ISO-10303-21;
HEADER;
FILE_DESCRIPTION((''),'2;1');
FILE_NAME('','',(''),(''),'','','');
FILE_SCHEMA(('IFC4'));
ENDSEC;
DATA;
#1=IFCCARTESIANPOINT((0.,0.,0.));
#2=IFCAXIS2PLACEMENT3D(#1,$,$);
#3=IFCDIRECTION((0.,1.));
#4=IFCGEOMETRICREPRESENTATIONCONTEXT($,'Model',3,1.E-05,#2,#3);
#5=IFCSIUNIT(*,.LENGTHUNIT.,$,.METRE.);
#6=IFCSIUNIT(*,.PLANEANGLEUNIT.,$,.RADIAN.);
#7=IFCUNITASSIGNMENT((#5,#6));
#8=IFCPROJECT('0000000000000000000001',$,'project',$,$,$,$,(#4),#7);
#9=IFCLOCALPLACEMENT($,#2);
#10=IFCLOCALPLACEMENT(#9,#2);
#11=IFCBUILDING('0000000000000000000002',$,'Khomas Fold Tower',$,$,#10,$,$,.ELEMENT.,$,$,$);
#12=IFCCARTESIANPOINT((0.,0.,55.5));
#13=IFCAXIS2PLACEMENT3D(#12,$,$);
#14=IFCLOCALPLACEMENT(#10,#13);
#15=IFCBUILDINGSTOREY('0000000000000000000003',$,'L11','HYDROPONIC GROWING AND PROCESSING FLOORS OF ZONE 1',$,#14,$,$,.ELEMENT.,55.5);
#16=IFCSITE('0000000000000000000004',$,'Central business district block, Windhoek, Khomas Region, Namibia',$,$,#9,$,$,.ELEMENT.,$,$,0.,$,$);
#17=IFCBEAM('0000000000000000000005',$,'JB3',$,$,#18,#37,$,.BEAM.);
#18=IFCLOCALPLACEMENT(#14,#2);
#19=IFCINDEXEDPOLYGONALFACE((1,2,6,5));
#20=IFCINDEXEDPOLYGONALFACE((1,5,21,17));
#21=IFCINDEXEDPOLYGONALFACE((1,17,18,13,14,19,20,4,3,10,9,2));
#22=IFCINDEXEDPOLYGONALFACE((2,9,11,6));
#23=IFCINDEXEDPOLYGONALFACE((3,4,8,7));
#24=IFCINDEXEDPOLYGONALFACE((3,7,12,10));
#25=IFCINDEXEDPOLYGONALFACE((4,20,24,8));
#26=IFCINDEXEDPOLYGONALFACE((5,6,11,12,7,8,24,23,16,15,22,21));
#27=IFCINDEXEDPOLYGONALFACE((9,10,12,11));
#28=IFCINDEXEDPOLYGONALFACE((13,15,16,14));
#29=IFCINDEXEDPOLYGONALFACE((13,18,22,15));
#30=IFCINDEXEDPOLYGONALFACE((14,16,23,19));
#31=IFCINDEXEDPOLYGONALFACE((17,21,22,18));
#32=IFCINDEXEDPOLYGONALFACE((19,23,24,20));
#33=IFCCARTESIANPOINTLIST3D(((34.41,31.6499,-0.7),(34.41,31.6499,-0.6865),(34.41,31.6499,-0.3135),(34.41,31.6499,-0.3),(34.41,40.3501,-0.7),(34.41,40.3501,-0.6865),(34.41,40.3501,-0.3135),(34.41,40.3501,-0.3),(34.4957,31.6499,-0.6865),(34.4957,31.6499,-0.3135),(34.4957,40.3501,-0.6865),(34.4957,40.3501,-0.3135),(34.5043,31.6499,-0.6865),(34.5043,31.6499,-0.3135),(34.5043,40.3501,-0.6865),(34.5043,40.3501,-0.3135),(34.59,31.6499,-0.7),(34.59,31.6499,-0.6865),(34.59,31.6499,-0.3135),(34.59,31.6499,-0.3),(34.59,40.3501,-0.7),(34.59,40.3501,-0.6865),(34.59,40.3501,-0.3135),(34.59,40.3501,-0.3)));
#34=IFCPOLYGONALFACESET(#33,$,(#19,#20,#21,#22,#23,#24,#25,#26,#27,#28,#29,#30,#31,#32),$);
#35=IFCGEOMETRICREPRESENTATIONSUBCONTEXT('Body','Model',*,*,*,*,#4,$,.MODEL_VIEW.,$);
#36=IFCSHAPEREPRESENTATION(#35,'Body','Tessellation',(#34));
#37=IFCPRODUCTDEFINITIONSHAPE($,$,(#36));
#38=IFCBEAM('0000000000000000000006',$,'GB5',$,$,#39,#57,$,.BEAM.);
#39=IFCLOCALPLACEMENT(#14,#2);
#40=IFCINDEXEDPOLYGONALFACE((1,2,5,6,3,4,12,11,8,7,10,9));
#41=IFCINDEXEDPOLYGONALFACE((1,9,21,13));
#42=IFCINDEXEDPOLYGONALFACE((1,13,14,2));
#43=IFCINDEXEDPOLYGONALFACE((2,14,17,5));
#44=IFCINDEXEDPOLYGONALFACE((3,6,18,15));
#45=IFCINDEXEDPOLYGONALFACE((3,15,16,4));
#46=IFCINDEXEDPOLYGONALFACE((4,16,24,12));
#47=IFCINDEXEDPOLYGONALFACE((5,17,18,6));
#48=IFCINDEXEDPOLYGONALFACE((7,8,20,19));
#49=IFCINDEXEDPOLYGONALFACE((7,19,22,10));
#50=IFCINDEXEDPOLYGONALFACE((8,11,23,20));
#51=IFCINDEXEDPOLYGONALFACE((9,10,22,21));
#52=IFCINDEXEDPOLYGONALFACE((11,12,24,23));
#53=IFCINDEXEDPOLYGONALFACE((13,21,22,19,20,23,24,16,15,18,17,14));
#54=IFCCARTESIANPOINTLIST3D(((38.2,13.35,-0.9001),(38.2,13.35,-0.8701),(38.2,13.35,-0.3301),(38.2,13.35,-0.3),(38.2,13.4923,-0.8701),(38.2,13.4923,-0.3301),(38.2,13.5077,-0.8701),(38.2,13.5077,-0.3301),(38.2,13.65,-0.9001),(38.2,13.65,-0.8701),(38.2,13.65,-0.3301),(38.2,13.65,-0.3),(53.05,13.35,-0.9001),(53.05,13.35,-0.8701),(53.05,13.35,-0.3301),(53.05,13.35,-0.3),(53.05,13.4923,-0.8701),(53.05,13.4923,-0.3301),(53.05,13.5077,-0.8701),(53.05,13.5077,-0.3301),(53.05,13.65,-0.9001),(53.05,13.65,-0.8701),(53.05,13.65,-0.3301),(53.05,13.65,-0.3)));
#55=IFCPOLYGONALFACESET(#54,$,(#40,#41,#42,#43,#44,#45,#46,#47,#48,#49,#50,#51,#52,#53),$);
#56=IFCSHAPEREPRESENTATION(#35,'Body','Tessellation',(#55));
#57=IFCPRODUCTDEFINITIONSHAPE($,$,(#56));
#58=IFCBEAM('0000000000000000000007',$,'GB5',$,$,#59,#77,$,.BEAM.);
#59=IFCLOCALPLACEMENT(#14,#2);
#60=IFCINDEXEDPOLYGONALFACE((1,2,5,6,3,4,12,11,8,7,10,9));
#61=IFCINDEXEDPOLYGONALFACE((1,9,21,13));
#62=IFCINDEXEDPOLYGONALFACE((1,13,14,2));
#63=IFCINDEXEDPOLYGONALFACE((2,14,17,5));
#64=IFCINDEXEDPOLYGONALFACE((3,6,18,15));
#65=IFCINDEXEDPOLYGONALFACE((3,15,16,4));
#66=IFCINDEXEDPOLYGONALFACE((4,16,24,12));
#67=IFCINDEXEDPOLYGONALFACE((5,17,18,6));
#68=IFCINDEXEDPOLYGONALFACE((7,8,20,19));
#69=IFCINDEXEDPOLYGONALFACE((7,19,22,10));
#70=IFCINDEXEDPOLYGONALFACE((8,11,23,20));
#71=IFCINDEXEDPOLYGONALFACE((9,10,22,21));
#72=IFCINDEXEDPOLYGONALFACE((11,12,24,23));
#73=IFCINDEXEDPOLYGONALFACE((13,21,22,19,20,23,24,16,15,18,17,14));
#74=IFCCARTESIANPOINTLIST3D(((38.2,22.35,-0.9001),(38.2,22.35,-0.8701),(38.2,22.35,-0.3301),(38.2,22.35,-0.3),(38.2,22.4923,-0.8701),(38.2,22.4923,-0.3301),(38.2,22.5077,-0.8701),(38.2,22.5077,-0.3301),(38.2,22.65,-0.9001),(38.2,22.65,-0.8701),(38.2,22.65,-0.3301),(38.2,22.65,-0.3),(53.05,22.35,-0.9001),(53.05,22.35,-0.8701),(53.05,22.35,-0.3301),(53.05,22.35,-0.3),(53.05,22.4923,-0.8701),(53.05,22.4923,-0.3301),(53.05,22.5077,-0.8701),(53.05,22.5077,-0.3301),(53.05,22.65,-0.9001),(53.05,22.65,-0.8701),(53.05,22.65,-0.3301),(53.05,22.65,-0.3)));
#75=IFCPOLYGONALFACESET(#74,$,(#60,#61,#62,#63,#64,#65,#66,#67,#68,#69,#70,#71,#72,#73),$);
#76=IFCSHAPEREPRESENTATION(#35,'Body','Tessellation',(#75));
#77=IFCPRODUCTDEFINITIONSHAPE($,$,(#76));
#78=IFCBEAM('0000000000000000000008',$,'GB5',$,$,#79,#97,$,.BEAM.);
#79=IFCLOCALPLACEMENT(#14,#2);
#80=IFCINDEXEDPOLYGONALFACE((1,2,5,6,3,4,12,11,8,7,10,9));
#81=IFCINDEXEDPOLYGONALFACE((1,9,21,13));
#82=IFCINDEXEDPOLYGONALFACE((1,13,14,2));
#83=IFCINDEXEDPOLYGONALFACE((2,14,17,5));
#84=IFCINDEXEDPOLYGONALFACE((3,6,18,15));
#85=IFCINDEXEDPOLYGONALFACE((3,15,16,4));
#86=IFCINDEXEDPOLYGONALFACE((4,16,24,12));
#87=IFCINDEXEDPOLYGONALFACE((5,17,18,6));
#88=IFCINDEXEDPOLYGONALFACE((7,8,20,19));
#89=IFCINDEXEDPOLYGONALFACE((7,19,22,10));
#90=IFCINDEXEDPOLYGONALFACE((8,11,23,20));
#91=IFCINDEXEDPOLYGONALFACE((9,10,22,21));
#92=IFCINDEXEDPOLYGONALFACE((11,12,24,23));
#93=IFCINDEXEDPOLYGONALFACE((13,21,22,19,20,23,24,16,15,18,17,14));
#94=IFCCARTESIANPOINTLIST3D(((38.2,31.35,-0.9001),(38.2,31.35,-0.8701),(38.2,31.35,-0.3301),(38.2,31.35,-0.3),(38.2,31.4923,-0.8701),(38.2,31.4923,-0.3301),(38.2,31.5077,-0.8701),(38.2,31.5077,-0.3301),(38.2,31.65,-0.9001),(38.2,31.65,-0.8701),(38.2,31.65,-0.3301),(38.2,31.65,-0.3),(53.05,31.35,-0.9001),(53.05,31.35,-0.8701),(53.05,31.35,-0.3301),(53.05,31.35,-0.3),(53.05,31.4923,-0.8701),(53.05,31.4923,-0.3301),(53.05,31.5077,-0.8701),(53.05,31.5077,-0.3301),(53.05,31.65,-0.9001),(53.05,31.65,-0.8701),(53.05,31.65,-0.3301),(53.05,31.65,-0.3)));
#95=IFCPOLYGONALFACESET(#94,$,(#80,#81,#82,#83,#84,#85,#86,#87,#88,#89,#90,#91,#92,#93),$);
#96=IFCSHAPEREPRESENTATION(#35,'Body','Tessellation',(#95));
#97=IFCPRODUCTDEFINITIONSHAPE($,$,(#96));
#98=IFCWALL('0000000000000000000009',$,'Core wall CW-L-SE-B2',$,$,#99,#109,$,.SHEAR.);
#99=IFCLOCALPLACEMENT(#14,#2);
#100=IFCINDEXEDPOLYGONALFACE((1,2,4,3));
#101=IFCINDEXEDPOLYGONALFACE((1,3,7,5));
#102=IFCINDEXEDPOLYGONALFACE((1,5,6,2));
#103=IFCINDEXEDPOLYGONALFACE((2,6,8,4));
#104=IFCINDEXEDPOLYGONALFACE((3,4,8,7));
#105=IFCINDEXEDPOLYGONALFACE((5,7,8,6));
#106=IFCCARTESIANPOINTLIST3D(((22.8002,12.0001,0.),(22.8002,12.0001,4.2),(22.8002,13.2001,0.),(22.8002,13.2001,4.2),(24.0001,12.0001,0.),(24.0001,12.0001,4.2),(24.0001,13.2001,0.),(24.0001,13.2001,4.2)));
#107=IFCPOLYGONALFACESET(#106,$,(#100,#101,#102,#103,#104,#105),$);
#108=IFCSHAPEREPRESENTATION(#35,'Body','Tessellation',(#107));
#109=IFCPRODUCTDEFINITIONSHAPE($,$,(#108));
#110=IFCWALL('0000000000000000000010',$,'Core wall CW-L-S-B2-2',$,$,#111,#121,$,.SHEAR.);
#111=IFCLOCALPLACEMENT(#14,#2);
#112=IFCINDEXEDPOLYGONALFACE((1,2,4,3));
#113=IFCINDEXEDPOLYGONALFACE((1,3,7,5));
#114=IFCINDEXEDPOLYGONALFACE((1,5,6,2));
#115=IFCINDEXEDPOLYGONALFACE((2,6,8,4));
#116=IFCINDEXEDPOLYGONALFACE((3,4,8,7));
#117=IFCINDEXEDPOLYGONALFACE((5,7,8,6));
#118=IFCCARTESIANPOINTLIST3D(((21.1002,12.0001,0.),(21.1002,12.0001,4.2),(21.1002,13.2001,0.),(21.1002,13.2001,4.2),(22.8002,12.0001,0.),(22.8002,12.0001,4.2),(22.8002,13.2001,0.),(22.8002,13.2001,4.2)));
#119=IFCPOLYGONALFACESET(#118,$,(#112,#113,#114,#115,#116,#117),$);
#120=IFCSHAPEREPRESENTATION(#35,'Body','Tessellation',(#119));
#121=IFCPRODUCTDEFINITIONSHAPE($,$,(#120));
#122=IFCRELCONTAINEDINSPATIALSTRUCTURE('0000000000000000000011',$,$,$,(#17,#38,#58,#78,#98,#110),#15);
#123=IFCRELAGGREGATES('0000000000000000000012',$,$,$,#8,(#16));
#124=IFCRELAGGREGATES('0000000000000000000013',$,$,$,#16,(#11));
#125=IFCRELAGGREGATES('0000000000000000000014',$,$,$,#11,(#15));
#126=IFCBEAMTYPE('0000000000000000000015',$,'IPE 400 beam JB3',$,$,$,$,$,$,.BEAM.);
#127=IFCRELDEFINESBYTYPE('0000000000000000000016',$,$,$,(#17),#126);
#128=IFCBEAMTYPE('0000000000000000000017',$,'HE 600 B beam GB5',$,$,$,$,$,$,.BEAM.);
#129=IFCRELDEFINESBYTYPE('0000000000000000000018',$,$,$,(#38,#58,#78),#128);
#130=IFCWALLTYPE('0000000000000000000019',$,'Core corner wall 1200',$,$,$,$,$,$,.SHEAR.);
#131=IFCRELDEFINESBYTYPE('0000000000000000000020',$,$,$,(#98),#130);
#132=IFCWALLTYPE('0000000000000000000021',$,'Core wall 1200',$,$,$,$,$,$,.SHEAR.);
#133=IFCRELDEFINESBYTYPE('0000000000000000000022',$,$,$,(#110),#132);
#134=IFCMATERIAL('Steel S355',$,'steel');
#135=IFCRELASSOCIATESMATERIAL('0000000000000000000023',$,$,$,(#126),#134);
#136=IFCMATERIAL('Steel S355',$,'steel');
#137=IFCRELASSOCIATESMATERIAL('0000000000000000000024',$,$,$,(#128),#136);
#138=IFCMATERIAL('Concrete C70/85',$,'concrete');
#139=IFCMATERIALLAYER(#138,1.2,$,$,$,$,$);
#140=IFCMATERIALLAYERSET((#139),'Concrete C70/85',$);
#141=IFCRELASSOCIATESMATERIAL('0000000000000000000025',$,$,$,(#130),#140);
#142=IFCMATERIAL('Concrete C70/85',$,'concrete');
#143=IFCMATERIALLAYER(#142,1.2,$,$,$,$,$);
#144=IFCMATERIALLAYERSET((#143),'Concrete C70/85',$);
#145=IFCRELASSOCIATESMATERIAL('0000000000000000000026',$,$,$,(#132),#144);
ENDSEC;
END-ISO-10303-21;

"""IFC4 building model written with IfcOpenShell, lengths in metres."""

from ifc_helpers import new_model, si_unit, direction, frame, frame_2d, origin, origin_2d, place, context, subcontext, project, spatial, rectangle, i_section, extrude, source, transform, mapped, material, layer, layer_set, material_profile, profile_set, type_object, element, save


model = new_model("IFC4")

# Units and contexts
model_context = context("Model", 3, precision=1e-05, world=origin(), true_north=direction((0.0, 1.0)))
body_context = subcontext(model_context, "Body", "Model", "MODEL_VIEW")
ifc_project = project(units=[si_unit("LENGTHUNIT", "METRE"), si_unit("PLANEANGLEUNIT", "RADIAN")], contexts=[model_context])

# Site, building, storey
site_placement = place(None, origin())
site = spatial("IfcSite", under=ifc_project, at=site_placement, Name="Central business district block, Windhoek, Khomas Region, Namibia", CompositionType="ELEMENT", RefElevation=0.0)
building_placement = place(site_placement, origin())
building = spatial("IfcBuilding", under=site, at=building_placement, Name="Khomas Fold Tower", CompositionType="ELEMENT")
storey_placement = place(building_placement, frame((0.0, 0.0, 55.5)))
storey = spatial("IfcBuildingStorey", under=building, at=storey_placement, Name="L11", Description="HYDROPONIC GROWING AND PROCESSING FLOORS OF ZONE 1", CompositionType="ELEMENT", Elevation=55.5)

# Beams
ifc_material_1 = material(Name="Steel S355", Category="steel")
ifc_material_profile_1 = material_profile(ifc_material_1, i_section(OverallWidth=0.1799, OverallDepth=0.3999, WebThickness=0.0085, FlangeThickness=0.0134, at=origin_2d()), Name="IPE 400")
ifc_profile_set_1 = profile_set([ifc_material_profile_1], Name="Steel S355")
beam_type_1 = type_object("IfcBeamType", Name="IPE 400 beam JB3", PredefinedType="BEAM", material=ifc_profile_set_1)
shared_shape_1 = source(origin(), body_context, "Body", "SweptSolid", [
    extrude(i_section(OverallWidth=0.1799, OverallDepth=0.3999, WebThickness=0.0085, FlangeThickness=0.0134, at=origin_2d()), origin(), (0.0, 0.0, 1.0), 8.7002),
])
for number, where, z_axis, x_axis, name in (
    (1, (34.5, 31.6499, -0.5), (0.0, 1.0, 0.0), (-1.0, 0.0, 0.0), "JB3"),
):
    element("IfcBeam", number, at=place(storey_placement, frame(where, z_axis=z_axis, x_axis=x_axis)), inside=storey, type_object=beam_type_1, Name=name, PredefinedType="BEAM", context=body_context, shape_type="MappedRepresentation", body=[
        mapped(shared_shape_1, transform((0.0, 0.0, 0.0))),
    ])
ifc_material_2 = material(Name="Steel S355", Category="steel")
ifc_material_profile_2 = material_profile(ifc_material_2, i_section(OverallWidth=0.3, OverallDepth=0.6001, WebThickness=0.0154, FlangeThickness=0.03, at=origin_2d()), Name="HE 600 B")
ifc_profile_set_2 = profile_set([ifc_material_profile_2], Name="Steel S355")
beam_type_2 = type_object("IfcBeamType", Name="HE 600 B beam GB5", PredefinedType="BEAM", material=ifc_profile_set_2)
shared_shape_2 = source(origin(), body_context, "Body", "SweptSolid", [
    extrude(i_section(OverallWidth=0.3, OverallDepth=0.6001, WebThickness=0.0154, FlangeThickness=0.03, at=origin_2d()), origin(), (0.0, 0.0, 1.0), 14.8501),
])
for number, where, z_axis, x_axis, name in (
    (2, (38.2, 13.5, -0.6001), (1.0, 0.0, 0.0), (0.0, 1.0, 0.0), "GB5"),
    (3, (38.2, 22.5, -0.6001), (1.0, 0.0, 0.0), (0.0, 1.0, 0.0), "GB5"),
    (4, (38.2, 31.5, -0.6001), (1.0, 0.0, 0.0), (0.0, 1.0, 0.0), "GB5"),
):
    element("IfcBeam", number, at=place(storey_placement, frame(where, z_axis=z_axis, x_axis=x_axis)), inside=storey, type_object=beam_type_2, Name=name, PredefinedType="BEAM", context=body_context, shape_type="MappedRepresentation", body=[
        mapped(shared_shape_2, transform((0.0, 0.0, 0.0))),
    ])

# Walls
ifc_material_3 = material(Name="Concrete C70/85", Category="concrete")
ifc_layer_1 = layer(ifc_material_3, 1.2)
ifc_layer_set_1 = layer_set([ifc_layer_1], Name="Concrete C70/85")
wall_type_1 = type_object("IfcWallType", Name="Core corner wall 1200", PredefinedType="SHEAR", material=ifc_layer_set_1)
shared_shape_3 = source(origin(), body_context, "Body", "SweptSolid", [
    extrude(rectangle(XDim=1.2, YDim=1.2, at=frame_2d((0.6001, 0.0))), origin(), (0.0, 0.0, 1.0), 4.2),
])
wall_1_placement = place(storey_placement, frame((22.8, 12.6001, 0.0), z_axis=(0.0, 0.0, 1.0), x_axis=(1.0, 0.0, 0.0)))
element("IfcWall", 5, at=wall_1_placement, inside=storey, type_object=wall_type_1, Name="Core wall CW-L-SE-B2", PredefinedType="SHEAR", context=body_context, shape_type="MappedRepresentation", body=[
    mapped(shared_shape_3, transform((0.0, 0.0, 0.0))),
])
ifc_material_4 = material(Name="Concrete C70/85", Category="concrete")
ifc_layer_2 = layer(ifc_material_4, 1.2)
ifc_layer_set_2 = layer_set([ifc_layer_2], Name="Concrete C70/85")
wall_type_2 = type_object("IfcWallType", Name="Core wall 1200", PredefinedType="SHEAR", material=ifc_layer_set_2)
shared_shape_4 = source(origin(), body_context, "Body", "SweptSolid", [
    extrude(rectangle(XDim=1.7, YDim=1.2, at=frame_2d((0.8501, 0.0))), origin(), (0.0, 0.0, 1.0), 4.2),
])
wall_2_placement = place(storey_placement, frame((21.1001, 12.6001, 0.0), z_axis=(0.0, 0.0, 1.0), x_axis=(1.0, 0.0, 0.0)))
element("IfcWall", 6, at=wall_2_placement, inside=storey, type_object=wall_type_2, Name="Core wall CW-L-S-B2-2", PredefinedType="SHEAR", context=body_context, shape_type="MappedRepresentation", body=[
    mapped(shared_shape_4, transform((0.0, 0.0, 0.0))),
])

save(model, "model.ifc")
